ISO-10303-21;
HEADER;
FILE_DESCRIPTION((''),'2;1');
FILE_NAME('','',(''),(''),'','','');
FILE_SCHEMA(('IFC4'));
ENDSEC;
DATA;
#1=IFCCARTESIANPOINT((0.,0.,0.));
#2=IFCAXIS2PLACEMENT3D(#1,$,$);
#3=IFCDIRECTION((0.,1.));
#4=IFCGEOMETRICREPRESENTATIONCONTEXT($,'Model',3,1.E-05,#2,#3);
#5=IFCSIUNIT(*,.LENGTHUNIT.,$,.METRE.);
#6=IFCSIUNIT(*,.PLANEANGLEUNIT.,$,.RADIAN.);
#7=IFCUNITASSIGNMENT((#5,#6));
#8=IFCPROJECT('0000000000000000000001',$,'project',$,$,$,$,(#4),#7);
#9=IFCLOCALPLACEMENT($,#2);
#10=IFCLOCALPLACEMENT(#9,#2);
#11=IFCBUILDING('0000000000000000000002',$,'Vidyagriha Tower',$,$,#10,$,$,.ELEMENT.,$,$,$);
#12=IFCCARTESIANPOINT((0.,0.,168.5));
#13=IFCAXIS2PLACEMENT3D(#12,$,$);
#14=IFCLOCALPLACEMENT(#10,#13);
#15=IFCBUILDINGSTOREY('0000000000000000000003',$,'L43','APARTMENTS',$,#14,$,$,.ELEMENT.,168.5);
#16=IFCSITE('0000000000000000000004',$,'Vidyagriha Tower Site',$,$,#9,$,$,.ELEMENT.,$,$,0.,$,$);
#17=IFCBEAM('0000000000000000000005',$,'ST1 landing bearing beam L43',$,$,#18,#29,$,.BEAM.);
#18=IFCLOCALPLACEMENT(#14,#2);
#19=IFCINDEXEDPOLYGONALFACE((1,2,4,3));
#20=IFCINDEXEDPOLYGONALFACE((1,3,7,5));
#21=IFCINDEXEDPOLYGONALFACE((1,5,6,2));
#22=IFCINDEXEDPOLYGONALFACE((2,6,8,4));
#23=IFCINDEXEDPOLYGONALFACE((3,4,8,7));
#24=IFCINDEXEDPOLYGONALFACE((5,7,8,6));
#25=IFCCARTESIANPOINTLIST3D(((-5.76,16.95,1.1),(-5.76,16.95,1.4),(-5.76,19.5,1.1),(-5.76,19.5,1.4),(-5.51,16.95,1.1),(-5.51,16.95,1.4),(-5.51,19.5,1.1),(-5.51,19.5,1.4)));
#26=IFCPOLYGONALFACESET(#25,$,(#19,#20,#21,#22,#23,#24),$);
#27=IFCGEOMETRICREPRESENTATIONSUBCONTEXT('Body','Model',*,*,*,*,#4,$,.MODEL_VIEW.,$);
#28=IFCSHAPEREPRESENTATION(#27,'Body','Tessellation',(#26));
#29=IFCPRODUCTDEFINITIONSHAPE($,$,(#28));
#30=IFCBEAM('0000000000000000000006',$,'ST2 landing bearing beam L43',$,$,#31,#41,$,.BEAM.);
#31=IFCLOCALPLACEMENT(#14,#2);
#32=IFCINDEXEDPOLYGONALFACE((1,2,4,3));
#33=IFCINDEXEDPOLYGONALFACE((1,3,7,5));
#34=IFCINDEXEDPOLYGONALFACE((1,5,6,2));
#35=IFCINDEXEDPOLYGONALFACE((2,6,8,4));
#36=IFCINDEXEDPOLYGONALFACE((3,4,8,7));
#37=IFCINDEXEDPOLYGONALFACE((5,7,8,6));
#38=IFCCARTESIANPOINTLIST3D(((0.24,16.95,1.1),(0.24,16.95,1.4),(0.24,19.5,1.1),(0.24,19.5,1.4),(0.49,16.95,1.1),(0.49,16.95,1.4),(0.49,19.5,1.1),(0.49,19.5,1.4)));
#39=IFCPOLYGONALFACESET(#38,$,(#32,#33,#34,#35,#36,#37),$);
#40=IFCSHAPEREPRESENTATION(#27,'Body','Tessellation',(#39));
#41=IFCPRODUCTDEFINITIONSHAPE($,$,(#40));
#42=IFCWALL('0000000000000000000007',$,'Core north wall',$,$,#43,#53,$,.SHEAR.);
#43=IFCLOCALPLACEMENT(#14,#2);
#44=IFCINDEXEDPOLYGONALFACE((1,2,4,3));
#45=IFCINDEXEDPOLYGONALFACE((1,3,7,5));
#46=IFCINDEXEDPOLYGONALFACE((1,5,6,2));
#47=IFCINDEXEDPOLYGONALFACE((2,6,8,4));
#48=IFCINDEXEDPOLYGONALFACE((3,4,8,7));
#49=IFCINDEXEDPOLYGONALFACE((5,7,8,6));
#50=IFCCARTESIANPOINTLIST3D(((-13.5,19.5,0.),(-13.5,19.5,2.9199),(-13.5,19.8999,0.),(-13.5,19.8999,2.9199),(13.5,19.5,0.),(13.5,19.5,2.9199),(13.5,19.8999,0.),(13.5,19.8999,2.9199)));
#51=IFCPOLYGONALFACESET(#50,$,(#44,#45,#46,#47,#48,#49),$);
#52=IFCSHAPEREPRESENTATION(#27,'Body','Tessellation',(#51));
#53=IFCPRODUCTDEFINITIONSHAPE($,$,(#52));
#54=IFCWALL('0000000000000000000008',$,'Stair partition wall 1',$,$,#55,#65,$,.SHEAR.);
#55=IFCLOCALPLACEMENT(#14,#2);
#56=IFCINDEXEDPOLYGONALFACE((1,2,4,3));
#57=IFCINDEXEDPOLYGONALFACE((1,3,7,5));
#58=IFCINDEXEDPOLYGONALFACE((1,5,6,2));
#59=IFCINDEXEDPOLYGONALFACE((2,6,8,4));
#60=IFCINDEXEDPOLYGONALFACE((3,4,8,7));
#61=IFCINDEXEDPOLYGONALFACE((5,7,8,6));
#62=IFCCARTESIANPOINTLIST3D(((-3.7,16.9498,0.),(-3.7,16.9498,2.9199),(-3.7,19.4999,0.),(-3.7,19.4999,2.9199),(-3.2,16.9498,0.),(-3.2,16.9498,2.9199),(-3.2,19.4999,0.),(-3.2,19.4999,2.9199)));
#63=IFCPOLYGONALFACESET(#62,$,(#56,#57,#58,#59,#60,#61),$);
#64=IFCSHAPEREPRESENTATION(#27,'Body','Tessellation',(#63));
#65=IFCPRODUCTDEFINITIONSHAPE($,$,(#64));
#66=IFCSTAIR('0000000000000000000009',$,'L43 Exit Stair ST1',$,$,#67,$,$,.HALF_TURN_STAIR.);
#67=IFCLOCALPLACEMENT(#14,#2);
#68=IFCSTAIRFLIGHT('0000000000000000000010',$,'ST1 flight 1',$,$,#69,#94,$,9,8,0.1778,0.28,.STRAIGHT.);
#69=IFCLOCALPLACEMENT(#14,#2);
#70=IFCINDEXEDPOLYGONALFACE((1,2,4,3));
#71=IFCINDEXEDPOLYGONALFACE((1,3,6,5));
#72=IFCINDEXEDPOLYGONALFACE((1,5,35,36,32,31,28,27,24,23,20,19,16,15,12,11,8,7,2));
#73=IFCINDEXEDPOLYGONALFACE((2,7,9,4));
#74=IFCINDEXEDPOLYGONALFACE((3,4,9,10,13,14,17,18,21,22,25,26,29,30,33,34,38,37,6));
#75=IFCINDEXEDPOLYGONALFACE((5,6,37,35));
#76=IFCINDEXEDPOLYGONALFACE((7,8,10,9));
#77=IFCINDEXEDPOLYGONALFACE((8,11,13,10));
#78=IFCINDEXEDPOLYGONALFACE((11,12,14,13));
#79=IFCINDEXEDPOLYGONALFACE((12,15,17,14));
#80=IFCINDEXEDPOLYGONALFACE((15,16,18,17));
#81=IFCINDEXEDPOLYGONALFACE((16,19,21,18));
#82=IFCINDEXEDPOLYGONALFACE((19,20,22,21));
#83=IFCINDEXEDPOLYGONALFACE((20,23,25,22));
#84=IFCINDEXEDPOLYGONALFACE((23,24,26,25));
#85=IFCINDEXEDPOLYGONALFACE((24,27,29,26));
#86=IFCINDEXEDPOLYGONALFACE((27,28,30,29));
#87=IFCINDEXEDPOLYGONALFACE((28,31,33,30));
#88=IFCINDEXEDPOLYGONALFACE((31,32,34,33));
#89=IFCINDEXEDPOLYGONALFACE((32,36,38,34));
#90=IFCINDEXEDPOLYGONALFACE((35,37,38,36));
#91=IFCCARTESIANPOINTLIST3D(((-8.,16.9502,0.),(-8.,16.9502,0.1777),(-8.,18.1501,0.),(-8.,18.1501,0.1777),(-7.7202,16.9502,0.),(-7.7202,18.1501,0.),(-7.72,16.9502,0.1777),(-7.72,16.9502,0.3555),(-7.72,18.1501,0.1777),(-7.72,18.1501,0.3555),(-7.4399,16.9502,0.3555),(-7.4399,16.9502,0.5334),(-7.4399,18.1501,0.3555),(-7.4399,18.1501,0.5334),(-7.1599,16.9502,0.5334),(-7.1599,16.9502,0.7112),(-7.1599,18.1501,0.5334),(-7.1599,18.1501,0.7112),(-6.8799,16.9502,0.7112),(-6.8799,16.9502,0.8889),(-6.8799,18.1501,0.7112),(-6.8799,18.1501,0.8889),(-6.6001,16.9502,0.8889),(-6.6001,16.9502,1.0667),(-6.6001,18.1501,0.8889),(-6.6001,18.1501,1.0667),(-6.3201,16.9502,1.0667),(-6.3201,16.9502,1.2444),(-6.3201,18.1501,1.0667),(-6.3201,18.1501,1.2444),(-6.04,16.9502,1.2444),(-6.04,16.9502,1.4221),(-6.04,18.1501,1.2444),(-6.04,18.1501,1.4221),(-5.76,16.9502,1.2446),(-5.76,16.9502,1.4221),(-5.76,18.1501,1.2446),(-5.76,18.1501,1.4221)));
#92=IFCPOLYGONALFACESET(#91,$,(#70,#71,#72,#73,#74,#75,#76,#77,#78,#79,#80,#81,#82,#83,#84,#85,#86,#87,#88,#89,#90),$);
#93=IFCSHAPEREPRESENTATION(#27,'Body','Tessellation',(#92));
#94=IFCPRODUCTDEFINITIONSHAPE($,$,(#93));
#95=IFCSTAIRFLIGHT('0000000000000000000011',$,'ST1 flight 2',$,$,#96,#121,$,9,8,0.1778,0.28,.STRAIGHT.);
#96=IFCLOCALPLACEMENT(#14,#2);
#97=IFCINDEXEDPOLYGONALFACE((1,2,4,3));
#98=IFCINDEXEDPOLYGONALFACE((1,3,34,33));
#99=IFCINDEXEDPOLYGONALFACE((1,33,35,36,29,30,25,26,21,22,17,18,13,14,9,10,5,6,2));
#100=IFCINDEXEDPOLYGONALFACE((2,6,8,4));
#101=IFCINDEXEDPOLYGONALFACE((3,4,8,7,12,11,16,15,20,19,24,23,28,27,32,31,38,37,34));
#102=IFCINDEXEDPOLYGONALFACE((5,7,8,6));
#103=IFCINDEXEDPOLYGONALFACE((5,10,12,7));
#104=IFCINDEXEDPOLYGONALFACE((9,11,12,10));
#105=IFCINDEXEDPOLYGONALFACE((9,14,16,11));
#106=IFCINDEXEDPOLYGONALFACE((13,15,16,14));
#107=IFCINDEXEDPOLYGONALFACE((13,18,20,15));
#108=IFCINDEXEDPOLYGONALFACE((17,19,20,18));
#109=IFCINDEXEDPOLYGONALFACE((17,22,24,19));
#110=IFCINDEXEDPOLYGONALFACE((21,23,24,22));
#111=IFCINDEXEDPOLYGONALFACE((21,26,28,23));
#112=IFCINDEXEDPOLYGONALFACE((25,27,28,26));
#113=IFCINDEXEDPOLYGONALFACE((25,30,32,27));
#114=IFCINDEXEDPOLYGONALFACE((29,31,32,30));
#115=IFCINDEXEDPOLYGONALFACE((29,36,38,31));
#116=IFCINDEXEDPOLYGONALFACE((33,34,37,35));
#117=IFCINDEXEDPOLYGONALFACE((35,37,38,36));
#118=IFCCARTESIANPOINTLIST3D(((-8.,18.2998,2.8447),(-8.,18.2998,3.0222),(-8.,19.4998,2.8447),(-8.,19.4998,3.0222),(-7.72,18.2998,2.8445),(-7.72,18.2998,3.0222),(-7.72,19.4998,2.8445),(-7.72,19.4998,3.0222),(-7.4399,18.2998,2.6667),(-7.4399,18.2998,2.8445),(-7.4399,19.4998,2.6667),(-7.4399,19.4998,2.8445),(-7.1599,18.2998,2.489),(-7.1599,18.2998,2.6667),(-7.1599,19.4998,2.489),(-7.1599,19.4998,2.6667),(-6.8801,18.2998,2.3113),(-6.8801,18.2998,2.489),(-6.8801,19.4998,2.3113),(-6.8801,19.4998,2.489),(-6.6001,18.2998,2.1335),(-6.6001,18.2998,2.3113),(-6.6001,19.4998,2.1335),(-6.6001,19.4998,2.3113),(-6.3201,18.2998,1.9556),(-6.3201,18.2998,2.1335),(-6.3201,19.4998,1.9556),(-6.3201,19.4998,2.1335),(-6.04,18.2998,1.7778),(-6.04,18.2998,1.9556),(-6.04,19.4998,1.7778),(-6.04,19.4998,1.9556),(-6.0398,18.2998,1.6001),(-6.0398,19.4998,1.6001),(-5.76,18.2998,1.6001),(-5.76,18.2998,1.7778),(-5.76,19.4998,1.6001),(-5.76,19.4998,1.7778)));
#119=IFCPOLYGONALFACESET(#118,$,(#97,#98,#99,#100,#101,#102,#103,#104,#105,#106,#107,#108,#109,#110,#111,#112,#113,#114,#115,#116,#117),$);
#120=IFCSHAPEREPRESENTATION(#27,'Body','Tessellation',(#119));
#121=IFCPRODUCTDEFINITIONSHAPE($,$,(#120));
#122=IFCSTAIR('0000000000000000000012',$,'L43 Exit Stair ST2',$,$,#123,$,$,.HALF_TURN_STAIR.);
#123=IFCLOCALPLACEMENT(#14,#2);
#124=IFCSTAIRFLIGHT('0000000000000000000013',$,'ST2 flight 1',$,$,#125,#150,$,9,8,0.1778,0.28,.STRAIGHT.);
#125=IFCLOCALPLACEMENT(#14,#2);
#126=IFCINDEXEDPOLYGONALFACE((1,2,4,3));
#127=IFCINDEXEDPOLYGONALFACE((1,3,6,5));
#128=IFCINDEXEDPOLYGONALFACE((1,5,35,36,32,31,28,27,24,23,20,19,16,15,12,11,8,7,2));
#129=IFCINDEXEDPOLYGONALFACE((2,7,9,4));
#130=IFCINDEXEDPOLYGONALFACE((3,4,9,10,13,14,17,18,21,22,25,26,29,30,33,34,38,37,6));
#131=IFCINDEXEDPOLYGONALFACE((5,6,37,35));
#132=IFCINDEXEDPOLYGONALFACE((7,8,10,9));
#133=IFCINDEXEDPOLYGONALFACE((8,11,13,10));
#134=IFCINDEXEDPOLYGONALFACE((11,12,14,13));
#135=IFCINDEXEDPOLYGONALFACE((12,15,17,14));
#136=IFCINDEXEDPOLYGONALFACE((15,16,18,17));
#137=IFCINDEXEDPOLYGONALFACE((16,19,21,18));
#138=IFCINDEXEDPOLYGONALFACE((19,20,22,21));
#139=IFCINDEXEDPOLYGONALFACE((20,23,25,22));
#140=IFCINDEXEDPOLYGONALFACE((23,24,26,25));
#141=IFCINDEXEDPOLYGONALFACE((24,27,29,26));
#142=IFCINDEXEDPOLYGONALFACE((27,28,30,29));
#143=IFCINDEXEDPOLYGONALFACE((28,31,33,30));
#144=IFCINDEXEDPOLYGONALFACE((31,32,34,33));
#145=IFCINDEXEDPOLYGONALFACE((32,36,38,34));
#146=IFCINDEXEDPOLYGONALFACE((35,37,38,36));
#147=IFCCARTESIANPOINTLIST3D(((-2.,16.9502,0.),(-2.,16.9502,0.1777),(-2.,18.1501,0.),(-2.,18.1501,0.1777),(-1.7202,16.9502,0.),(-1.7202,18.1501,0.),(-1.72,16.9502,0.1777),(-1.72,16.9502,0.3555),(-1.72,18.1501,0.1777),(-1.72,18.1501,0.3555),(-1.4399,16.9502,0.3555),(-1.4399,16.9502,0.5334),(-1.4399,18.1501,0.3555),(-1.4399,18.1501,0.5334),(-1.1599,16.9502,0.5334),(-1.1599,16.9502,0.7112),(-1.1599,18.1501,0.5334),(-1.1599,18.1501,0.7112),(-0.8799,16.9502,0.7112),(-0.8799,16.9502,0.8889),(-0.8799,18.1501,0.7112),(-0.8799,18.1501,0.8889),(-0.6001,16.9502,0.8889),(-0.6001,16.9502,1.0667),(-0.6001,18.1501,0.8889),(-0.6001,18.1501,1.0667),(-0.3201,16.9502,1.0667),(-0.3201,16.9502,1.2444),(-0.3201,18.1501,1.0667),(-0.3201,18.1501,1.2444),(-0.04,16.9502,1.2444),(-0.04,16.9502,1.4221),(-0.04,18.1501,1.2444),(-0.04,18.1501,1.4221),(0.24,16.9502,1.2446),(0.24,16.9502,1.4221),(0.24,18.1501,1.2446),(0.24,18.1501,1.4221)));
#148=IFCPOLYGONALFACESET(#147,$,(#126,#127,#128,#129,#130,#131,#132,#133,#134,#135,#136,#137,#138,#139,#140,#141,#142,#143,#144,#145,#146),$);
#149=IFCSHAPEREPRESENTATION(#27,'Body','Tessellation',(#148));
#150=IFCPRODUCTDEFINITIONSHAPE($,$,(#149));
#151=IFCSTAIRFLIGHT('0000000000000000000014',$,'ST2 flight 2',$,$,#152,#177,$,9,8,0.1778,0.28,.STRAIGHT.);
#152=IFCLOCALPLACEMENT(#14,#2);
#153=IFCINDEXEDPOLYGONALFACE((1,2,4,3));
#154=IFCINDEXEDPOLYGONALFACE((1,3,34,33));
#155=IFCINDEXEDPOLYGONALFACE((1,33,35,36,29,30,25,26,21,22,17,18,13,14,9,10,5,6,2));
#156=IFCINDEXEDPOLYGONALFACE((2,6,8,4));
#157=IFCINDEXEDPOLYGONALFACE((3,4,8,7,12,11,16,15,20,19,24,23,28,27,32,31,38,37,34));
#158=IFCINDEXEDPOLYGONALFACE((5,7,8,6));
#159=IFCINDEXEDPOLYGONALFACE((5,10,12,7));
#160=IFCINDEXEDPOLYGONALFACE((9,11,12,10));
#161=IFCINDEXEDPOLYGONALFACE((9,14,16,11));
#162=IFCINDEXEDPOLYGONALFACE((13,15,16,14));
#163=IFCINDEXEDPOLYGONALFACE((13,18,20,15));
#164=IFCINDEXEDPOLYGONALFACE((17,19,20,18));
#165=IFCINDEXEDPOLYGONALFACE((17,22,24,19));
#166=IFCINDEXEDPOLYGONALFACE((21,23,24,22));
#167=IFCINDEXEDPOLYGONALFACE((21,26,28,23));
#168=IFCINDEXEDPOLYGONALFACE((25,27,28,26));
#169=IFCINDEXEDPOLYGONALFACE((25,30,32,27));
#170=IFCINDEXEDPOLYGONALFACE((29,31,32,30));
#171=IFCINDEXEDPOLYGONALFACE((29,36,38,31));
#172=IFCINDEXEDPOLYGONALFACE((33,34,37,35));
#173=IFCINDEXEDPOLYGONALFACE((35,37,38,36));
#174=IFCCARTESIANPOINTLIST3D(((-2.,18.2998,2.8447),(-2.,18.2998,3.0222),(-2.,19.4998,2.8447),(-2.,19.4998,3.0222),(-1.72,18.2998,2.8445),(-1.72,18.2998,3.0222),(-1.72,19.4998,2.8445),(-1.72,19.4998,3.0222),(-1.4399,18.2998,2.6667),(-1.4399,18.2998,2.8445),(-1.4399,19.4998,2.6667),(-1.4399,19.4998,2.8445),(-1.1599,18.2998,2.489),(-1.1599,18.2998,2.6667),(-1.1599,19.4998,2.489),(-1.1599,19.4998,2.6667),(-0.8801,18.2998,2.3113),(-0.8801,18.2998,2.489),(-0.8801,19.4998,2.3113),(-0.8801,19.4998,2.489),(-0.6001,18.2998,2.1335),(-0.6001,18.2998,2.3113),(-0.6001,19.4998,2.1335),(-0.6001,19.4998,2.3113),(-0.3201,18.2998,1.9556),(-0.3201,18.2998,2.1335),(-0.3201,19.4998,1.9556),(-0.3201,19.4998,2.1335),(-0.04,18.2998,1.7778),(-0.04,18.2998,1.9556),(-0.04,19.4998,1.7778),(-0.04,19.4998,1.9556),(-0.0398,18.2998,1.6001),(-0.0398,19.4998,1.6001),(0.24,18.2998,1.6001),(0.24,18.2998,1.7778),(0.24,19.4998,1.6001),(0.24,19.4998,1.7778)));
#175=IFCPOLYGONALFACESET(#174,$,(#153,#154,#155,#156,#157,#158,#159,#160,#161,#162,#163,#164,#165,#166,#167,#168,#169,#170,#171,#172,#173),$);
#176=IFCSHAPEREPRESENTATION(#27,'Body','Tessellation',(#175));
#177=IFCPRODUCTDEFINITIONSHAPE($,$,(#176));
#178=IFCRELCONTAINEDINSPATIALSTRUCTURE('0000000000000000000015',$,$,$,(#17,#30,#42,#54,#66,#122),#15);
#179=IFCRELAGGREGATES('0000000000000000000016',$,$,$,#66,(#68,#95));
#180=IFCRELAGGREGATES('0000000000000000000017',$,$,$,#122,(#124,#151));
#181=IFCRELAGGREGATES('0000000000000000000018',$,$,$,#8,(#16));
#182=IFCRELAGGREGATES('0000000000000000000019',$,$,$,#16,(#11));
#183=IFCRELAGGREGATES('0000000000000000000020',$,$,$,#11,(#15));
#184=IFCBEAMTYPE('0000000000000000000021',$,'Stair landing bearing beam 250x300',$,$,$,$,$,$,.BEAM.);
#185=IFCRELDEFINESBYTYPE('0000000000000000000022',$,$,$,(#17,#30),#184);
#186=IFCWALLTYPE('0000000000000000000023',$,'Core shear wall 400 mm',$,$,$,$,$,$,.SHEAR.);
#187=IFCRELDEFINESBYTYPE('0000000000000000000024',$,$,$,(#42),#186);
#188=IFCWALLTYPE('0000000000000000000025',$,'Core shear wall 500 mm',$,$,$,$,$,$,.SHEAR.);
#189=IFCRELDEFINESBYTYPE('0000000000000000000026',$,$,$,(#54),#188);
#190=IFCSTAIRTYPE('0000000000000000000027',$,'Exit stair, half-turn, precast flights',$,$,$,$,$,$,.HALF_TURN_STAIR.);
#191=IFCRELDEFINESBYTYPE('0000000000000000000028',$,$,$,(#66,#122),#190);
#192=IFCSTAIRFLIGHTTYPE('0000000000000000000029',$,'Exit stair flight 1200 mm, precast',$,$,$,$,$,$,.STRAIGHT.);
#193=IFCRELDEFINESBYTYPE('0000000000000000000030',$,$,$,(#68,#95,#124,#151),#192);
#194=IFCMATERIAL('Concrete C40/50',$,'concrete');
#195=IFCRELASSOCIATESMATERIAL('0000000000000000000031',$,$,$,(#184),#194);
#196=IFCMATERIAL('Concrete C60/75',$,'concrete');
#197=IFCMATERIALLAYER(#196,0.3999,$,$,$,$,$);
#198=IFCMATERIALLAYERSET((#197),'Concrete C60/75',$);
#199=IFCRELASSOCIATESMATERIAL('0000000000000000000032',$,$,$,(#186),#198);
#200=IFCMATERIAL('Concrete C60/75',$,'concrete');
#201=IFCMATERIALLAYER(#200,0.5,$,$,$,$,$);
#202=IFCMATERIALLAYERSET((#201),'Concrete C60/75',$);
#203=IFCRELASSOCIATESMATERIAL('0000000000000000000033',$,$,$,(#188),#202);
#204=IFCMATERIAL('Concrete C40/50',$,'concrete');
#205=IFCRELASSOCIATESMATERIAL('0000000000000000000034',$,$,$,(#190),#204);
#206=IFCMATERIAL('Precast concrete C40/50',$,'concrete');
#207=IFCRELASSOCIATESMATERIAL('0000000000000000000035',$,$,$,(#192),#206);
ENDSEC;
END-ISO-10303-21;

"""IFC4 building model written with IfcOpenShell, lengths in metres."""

from ifc_helpers import new_model, si_unit, direction, frame, frame_2d, origin, origin_2d, place, context, subcontext, project, spatial, polyline, rectangle, outline, extrude, material, layer, layer_set, material_profile, profile_set, type_object, element, aggregate, save


model = new_model("IFC4")

# Units and contexts
model_context = context("Model", 3, precision=1e-05, world=origin(), true_north=direction((0.0, 1.0)))
body_context = subcontext(model_context, "Body", "Model", "MODEL_VIEW")
ifc_project = project(units=[si_unit("LENGTHUNIT", "METRE"), si_unit("PLANEANGLEUNIT", "RADIAN")], contexts=[model_context])

# Site, building, storey
site_placement = place(None, origin())
site = spatial("IfcSite", under=ifc_project, at=site_placement, Name="Vidyagriha Tower Site", CompositionType="ELEMENT", RefElevation=0.0)
building_placement = place(site_placement, origin())
building = spatial("IfcBuilding", under=site, at=building_placement, Name="Vidyagriha Tower", CompositionType="ELEMENT")
storey_placement = place(building_placement, frame((0.0, 0.0, 168.5)))
storey = spatial("IfcBuildingStorey", under=building, at=storey_placement, Name="L43", Description="APARTMENTS", CompositionType="ELEMENT", Elevation=168.5)

# Beams
ifc_material_1 = material(Name="Concrete C40/50", Category="concrete")
ifc_material_profile = material_profile(ifc_material_1, rectangle(XDim=0.25, YDim=0.3, at=origin_2d()), Name="Stair landing bearing beam 250x300")
ifc_profile_set = profile_set([ifc_material_profile], Name="Concrete C40/50")
beam_type = type_object("IfcBeamType", Name="Stair landing bearing beam 250x300", PredefinedType="BEAM", material=ifc_profile_set)
for number, where, z_axis, x_axis, name in (
    (1, (-5.635, 16.95, 1.25), (0.0, 1.0, 0.0), (-1.0, 0.0, 0.0), "ST1 landing bearing beam L43"),
    (2, (0.365, 16.95, 1.25), (0.0, 1.0, 0.0), (-1.0, 0.0, 0.0), "ST2 landing bearing beam L43"),
):
    element("IfcBeam", number, at=place(storey_placement, frame(where, z_axis=z_axis, x_axis=x_axis)), inside=storey, type_object=beam_type, Name=name, PredefinedType="BEAM", context=body_context, shape_type="SweptSolid", body=[
        extrude(rectangle(XDim=0.25, YDim=0.3, at=origin_2d()), origin(), (0.0, 0.0, 1.0), 2.55),
    ])

# Walls
ifc_material_2 = material(Name="Concrete C60/75", Category="concrete")
ifc_layer_1 = layer(ifc_material_2, 0.3999)
ifc_layer_set_1 = layer_set([ifc_layer_1], Name="Concrete C60/75")
wall_type_1 = type_object("IfcWallType", Name="Core shear wall 400 mm", PredefinedType="SHEAR", material=ifc_layer_set_1)
wall_1_placement = place(storey_placement, frame((-13.5, 19.7, 0.0)))
element("IfcWall", 3, at=wall_1_placement, inside=storey, type_object=wall_type_1, Name="Core north wall", PredefinedType="SHEAR", context=body_context, shape_type="SweptSolid", body=[
    extrude(rectangle(XDim=27.0, YDim=0.3999, at=frame_2d((13.5, 0.0))), origin(), (0.0, 0.0, 1.0), 2.9199),
])
ifc_material_3 = material(Name="Concrete C60/75", Category="concrete")
ifc_layer_2 = layer(ifc_material_3, 0.5)
ifc_layer_set_2 = layer_set([ifc_layer_2], Name="Concrete C60/75")
wall_type_2 = type_object("IfcWallType", Name="Core shear wall 500 mm", PredefinedType="SHEAR", material=ifc_layer_set_2)
wall_2_placement = place(storey_placement, frame((-3.45, 16.95, 0.0), z_axis=(0.0, 0.0, 1.0), x_axis=(0.0, 1.0, 0.0)))
element("IfcWall", 4, at=wall_2_placement, inside=storey, type_object=wall_type_2, Name="Stair partition wall 1", PredefinedType="SHEAR", context=body_context, shape_type="SweptSolid", body=[
    extrude(rectangle(XDim=2.55, YDim=0.5, at=frame_2d((1.2749, 0.0))), origin(), (0.0, 0.0, 1.0), 2.9199),
])

# Stairs, stair flights
ifc_material_4 = material(Name="Concrete C40/50", Category="concrete")
stair_type = type_object("IfcStairType", Name="Exit stair, half-turn, precast flights", PredefinedType="HALF_TURN_STAIR", material=ifc_material_4)
stair_1_placement = place(storey_placement, origin())
stair_1 = element("IfcStair", 5, at=stair_1_placement, inside=storey, type_object=stair_type, Name="L43 Exit Stair ST1", PredefinedType="HALF_TURN_STAIR")
ifc_material_5 = material(Name="Precast concrete C40/50", Category="concrete")
stair_flight_type = type_object("IfcStairFlightType", Name="Exit stair flight 1200 mm, precast", PredefinedType="STRAIGHT", material=ifc_material_5)
stair_flight_1_placement = place(storey_placement, frame((-8.0, 17.55, 0.0)))
stair_flight_1 = element("IfcStairFlight", 6, at=stair_flight_1_placement, type_object=stair_flight_type, Name="ST1 flight 1", NumberOfRisers=9, NumberOfTreads=8, PredefinedType="STRAIGHT", RiserHeight=0.1778, TreadLength=0.28, context=body_context, shape_type="SweptSolid", body=[
    extrude(outline(polyline([(0.0, 0.0), (0.0, 0.1777), (0.28, 0.1777), (0.28, 0.3555), (0.5601, 0.3555), (0.5601, 0.5334), (0.8401, 0.5334), (0.8401, 0.7112), (1.1201, 0.7112), (1.1201, 0.8889), (1.3999, 0.8889), (1.3999, 1.0667), (1.6799, 1.0667), (1.6799, 1.2444), (1.96, 1.2444), (1.96, 1.4221), (2.24, 1.4221), (2.24, 1.6001), (2.24, 1.2446), (0.2798, 0.0), (0.0, 0.0)])), frame((0.0, 0.6001, 0.0), z_axis=(0.0, -1.0, 0.0), x_axis=(1.0, 0.0, 0.0)), (0.0, 0.0, 1.0), 1.2),
])
stair_flight_2_placement = place(storey_placement, frame((-5.76, 18.8999, 1.6001), z_axis=(0.0, 0.0, 1.0), x_axis=(-1.0, 0.0, 0.0)))
stair_flight_2 = element("IfcStairFlight", 7, at=stair_flight_2_placement, type_object=stair_flight_type, Name="ST1 flight 2", NumberOfRisers=9, NumberOfTreads=8, PredefinedType="STRAIGHT", RiserHeight=0.1778, TreadLength=0.28, context=body_context, shape_type="SweptSolid", body=[
    extrude(outline(polyline([(0.0, 0.0), (0.0, 0.1777), (0.28, 0.1777), (0.28, 0.3555), (0.5601, 0.3555), (0.5601, 0.5334), (0.8401, 0.5334), (0.8401, 0.7112), (1.1201, 0.7112), (1.1201, 0.8889), (1.3999, 0.8889), (1.3999, 1.0667), (1.6799, 1.0667), (1.6799, 1.2444), (1.96, 1.2444), (1.96, 1.4221), (2.24, 1.4221), (2.24, 1.6001), (2.24, 1.2446), (0.2798, 0.0), (0.0, 0.0)])), frame((0.0, 0.6001, 0.0), z_axis=(0.0, -1.0, 0.0), x_axis=(1.0, 0.0, 0.0)), (0.0, 0.0, 1.0), 1.2),
])
aggregate(stair_1, [stair_flight_1, stair_flight_2])
stair_2_placement = place(storey_placement, origin())
stair_2 = element("IfcStair", 8, at=stair_2_placement, inside=storey, type_object=stair_type, Name="L43 Exit Stair ST2", PredefinedType="HALF_TURN_STAIR")
stair_flight_3_placement = place(storey_placement, frame((-2.0, 17.55, 0.0)))
stair_flight_3 = element("IfcStairFlight", 9, at=stair_flight_3_placement, type_object=stair_flight_type, Name="ST2 flight 1", NumberOfRisers=9, NumberOfTreads=8, PredefinedType="STRAIGHT", RiserHeight=0.1778, TreadLength=0.28, context=body_context, shape_type="SweptSolid", body=[
    extrude(outline(polyline([(0.0, 0.0), (0.0, 0.1777), (0.28, 0.1777), (0.28, 0.3555), (0.5601, 0.3555), (0.5601, 0.5334), (0.8401, 0.5334), (0.8401, 0.7112), (1.1201, 0.7112), (1.1201, 0.8889), (1.3999, 0.8889), (1.3999, 1.0667), (1.6799, 1.0667), (1.6799, 1.2444), (1.96, 1.2444), (1.96, 1.4221), (2.24, 1.4221), (2.24, 1.6001), (2.24, 1.2446), (0.2798, 0.0), (0.0, 0.0)])), frame((0.0, 0.6001, 0.0), z_axis=(0.0, -1.0, 0.0), x_axis=(1.0, 0.0, 0.0)), (0.0, 0.0, 1.0), 1.2),
])
stair_flight_4_placement = place(storey_placement, frame((0.24, 18.8999, 1.6001), z_axis=(0.0, 0.0, 1.0), x_axis=(-1.0, 0.0, 0.0)))
stair_flight_4 = element("IfcStairFlight", 10, at=stair_flight_4_placement, type_object=stair_flight_type, Name="ST2 flight 2", NumberOfRisers=9, NumberOfTreads=8, PredefinedType="STRAIGHT", RiserHeight=0.1778, TreadLength=0.28, context=body_context, shape_type="SweptSolid", body=[
    extrude(outline(polyline([(0.0, 0.0), (0.0, 0.1777), (0.28, 0.1777), (0.28, 0.3555), (0.5601, 0.3555), (0.5601, 0.5334), (0.8401, 0.5334), (0.8401, 0.7112), (1.1201, 0.7112), (1.1201, 0.8889), (1.3999, 0.8889), (1.3999, 1.0667), (1.6799, 1.0667), (1.6799, 1.2444), (1.96, 1.2444), (1.96, 1.4221), (2.24, 1.4221), (2.24, 1.6001), (2.24, 1.2446), (0.2798, 0.0), (0.0, 0.0)])), frame((0.0, 0.6001, 0.0), z_axis=(0.0, -1.0, 0.0), x_axis=(1.0, 0.0, 0.0)), (0.0, 0.0, 1.0), 1.2),
])
aggregate(stair_2, [stair_flight_3, stair_flight_4])

save(model, "model.ifc")
